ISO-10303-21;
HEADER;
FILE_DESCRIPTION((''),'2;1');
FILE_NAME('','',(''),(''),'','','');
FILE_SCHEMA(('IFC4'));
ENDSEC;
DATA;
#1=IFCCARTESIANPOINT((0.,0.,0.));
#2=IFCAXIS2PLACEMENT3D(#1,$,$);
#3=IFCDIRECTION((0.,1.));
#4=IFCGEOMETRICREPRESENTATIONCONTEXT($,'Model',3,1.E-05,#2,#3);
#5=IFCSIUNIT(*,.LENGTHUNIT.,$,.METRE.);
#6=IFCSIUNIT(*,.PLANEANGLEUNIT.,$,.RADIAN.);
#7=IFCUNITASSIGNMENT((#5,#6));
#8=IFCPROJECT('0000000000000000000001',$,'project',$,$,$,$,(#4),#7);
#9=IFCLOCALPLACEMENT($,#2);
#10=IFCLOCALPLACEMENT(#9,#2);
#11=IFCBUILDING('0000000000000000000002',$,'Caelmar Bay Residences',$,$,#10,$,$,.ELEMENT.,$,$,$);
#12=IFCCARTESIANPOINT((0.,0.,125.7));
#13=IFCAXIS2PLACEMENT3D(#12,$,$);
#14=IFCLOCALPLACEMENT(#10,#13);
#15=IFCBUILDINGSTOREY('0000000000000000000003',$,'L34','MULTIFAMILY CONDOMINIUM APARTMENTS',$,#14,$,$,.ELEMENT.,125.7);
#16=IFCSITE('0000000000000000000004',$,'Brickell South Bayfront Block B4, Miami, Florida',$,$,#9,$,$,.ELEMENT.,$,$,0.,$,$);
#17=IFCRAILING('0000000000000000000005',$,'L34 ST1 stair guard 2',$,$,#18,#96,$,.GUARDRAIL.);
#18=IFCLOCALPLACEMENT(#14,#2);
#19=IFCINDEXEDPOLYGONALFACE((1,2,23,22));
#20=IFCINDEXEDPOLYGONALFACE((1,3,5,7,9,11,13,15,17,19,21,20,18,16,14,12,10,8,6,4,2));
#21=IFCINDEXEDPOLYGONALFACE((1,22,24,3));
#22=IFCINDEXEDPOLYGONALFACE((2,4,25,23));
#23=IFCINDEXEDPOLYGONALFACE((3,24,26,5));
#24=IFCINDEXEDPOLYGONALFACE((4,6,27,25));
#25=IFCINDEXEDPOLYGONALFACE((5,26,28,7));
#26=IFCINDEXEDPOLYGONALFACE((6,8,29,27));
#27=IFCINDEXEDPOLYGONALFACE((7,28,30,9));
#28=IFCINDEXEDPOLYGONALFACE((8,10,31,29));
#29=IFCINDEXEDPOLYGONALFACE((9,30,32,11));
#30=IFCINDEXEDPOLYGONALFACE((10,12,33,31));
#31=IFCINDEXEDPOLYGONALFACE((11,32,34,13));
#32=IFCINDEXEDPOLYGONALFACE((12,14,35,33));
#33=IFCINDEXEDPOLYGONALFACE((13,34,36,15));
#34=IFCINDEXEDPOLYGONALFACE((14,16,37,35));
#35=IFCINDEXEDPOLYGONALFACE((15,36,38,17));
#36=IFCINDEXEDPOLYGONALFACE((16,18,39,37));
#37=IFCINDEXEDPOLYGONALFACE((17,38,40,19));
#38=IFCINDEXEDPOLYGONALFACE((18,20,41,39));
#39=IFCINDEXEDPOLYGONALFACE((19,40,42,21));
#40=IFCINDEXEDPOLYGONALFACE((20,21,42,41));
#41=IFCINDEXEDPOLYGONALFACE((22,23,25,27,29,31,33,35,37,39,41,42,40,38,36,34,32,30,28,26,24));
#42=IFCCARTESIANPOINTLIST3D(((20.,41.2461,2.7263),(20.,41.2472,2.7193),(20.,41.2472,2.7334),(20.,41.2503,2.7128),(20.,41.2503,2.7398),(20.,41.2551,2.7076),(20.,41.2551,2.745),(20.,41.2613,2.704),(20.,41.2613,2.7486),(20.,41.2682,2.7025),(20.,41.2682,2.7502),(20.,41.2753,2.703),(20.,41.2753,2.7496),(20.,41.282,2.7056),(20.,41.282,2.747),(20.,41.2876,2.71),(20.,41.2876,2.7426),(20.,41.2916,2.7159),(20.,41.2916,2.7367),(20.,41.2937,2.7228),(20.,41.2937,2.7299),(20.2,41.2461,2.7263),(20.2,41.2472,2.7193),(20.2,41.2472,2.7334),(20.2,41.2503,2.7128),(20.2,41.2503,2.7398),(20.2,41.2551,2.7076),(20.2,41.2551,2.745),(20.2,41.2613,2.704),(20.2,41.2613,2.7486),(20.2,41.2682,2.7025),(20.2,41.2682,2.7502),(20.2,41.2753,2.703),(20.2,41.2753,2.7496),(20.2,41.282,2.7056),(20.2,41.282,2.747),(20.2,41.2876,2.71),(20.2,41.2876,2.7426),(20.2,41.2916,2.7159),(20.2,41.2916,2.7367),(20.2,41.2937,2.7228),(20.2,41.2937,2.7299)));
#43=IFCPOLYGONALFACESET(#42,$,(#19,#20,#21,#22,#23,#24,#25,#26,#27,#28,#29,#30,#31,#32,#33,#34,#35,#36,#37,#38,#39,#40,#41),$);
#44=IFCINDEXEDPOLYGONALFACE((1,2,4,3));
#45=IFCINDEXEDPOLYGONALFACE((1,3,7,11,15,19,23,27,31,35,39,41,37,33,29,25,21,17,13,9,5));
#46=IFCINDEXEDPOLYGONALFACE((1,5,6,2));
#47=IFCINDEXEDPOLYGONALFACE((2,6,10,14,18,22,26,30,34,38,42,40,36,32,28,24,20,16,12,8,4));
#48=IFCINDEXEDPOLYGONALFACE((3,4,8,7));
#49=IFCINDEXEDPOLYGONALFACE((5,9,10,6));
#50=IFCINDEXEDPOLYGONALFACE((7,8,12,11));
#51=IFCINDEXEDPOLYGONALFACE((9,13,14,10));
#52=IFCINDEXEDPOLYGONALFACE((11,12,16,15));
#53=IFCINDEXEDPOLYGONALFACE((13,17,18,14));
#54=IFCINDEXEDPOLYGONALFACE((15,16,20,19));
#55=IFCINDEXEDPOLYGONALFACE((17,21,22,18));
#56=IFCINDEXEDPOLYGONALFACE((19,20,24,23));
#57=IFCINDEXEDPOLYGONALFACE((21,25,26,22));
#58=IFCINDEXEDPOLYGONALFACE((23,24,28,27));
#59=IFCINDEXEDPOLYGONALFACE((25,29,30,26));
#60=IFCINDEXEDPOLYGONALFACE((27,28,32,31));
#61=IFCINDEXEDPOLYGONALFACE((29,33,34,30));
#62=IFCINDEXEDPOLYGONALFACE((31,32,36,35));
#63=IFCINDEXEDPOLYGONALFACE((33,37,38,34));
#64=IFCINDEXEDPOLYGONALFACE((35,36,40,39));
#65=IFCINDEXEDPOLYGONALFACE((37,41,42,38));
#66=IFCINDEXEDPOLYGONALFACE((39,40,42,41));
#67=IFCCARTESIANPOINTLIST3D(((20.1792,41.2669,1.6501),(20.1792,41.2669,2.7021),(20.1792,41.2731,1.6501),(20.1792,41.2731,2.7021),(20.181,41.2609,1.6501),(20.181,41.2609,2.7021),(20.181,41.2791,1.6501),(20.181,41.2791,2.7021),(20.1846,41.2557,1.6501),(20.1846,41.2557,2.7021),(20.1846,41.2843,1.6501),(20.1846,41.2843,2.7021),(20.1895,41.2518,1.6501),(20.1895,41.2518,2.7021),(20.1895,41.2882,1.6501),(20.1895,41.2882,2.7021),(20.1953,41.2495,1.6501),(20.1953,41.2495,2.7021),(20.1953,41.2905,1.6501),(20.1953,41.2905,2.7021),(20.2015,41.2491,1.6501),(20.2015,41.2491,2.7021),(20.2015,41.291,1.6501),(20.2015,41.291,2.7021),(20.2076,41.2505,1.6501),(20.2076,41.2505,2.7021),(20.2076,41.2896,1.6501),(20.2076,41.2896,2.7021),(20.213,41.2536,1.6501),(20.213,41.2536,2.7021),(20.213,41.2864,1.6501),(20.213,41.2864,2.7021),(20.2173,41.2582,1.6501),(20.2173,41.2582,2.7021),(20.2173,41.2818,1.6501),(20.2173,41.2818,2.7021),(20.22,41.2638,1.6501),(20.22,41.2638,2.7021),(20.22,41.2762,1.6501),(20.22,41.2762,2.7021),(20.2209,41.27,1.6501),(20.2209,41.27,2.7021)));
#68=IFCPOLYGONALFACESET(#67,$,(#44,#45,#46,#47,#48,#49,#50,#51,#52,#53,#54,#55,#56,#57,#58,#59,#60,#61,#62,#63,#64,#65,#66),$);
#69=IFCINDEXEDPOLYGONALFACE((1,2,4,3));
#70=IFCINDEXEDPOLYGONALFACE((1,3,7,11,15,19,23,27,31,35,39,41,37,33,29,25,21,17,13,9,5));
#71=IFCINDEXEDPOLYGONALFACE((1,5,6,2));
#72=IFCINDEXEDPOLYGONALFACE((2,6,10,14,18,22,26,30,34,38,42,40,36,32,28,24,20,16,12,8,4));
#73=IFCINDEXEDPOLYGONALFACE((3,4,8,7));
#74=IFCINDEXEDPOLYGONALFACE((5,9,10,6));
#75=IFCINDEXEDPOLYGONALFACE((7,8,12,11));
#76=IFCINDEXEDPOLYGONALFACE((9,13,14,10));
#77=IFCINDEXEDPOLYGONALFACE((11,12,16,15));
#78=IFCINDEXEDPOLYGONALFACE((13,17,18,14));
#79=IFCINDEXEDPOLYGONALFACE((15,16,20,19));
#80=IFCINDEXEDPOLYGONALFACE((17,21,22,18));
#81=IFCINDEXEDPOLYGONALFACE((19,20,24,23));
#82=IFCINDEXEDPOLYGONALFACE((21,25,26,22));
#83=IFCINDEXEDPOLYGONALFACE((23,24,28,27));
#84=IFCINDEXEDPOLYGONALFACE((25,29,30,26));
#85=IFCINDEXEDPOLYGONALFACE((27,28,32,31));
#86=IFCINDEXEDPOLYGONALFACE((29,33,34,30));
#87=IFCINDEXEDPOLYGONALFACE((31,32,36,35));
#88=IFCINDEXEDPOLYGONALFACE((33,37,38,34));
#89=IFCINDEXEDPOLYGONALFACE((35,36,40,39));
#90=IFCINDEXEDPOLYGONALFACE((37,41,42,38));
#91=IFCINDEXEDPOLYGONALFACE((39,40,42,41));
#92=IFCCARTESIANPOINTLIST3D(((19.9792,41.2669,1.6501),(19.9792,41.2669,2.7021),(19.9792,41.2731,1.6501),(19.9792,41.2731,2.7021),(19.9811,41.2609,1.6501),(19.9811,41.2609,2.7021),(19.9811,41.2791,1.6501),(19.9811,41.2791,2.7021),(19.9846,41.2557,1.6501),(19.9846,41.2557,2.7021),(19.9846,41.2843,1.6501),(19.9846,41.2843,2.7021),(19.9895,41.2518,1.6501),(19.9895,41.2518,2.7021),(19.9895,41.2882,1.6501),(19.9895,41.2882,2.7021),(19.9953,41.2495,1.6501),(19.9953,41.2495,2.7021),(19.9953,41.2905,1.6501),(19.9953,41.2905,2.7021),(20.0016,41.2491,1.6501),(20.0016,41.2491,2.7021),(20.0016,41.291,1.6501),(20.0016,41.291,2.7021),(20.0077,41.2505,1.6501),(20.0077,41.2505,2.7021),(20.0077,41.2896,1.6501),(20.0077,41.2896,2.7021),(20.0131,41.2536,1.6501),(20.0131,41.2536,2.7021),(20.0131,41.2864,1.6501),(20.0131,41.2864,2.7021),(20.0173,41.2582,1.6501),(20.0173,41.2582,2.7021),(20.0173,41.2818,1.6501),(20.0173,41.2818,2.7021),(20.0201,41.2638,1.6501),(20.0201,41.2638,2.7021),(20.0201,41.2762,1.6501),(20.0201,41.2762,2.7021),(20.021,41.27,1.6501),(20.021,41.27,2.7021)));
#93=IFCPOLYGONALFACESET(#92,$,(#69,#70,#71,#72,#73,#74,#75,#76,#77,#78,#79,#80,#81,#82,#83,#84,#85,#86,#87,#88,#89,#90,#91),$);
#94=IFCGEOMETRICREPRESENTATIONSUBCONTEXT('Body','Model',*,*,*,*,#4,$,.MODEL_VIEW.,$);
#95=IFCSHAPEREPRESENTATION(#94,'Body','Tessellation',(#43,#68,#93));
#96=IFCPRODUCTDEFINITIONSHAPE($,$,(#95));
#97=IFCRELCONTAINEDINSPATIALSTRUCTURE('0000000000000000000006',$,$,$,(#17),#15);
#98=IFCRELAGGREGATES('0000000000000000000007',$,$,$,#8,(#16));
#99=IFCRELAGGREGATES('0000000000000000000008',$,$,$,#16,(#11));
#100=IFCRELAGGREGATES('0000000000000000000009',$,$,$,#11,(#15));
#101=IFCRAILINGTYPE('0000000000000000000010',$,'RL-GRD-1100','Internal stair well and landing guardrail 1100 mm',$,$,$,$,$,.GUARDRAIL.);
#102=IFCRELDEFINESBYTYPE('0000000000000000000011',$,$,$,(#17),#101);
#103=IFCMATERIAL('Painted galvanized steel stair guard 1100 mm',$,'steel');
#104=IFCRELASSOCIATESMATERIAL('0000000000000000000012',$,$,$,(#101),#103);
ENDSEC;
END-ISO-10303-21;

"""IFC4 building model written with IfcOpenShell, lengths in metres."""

from ifc_helpers import new_model, si_unit, direction, frame, origin, origin_2d, place, context, subcontext, project, spatial, circle, extrude, material, type_object, element, save


model = new_model("IFC4")

# Units and contexts
model_context = context("Model", 3, precision=1e-05, world=origin(), true_north=direction((0.0, 1.0)))
body_context = subcontext(model_context, "Body", "Model", "MODEL_VIEW")
ifc_project = project(units=[si_unit("LENGTHUNIT", "METRE"), si_unit("PLANEANGLEUNIT", "RADIAN")], contexts=[model_context])

# Site, building, storey
site_placement = place(None, origin())
site = spatial("IfcSite", under=ifc_project, at=site_placement, Name="Brickell South Bayfront Block B4, Miami, Florida", CompositionType="ELEMENT", RefElevation=0.0)
building_placement = place(site_placement, origin())
building = spatial("IfcBuilding", under=site, at=building_placement, Name="Caelmar Bay Residences", CompositionType="ELEMENT")
storey_placement = place(building_placement, frame((0.0, 0.0, 125.7)))
storey = spatial("IfcBuildingStorey", under=building, at=storey_placement, Name="L34", Description="MULTIFAMILY CONDOMINIUM APARTMENTS", CompositionType="ELEMENT", Elevation=125.7)

# Railing
ifc_material_1 = material(Name="Painted galvanized steel stair guard 1100 mm", Category="steel")
railing_type_1 = type_object("IfcRailingType", Name="RL-GRD-1100", Description="Internal stair well and landing guardrail 1100 mm", PredefinedType="GUARDRAIL", material=ifc_material_1)
railing_1_placement = place(storey_placement, frame((20.2, 41.27, 1.6501)))
element("IfcRailing", 1, at=railing_1_placement, inside=storey, type_object=railing_type_1, Name="L34 ST1 stair guard 2", PredefinedType="GUARDRAIL", context=body_context, shape_type="SweptSolid", body=[
    extrude(circle(Radius=0.0239, at=origin_2d()), frame((0.0, 0.0, 1.0762), z_axis=(-1.0, 0.0, 0.0), x_axis=(0.0, -1.0, 0.0)), (0.0, 0.0, 1.0), 0.2),
    extrude(circle(Radius=0.021, at=origin_2d()), origin(), (0.0, 0.0, 1.0), 1.052),
    extrude(circle(Radius=0.021, at=origin_2d()), frame((-0.2, 0.0, 0.0)), (0.0, 0.0, 1.0), 1.052),
])

save(model, "model.ifc")
